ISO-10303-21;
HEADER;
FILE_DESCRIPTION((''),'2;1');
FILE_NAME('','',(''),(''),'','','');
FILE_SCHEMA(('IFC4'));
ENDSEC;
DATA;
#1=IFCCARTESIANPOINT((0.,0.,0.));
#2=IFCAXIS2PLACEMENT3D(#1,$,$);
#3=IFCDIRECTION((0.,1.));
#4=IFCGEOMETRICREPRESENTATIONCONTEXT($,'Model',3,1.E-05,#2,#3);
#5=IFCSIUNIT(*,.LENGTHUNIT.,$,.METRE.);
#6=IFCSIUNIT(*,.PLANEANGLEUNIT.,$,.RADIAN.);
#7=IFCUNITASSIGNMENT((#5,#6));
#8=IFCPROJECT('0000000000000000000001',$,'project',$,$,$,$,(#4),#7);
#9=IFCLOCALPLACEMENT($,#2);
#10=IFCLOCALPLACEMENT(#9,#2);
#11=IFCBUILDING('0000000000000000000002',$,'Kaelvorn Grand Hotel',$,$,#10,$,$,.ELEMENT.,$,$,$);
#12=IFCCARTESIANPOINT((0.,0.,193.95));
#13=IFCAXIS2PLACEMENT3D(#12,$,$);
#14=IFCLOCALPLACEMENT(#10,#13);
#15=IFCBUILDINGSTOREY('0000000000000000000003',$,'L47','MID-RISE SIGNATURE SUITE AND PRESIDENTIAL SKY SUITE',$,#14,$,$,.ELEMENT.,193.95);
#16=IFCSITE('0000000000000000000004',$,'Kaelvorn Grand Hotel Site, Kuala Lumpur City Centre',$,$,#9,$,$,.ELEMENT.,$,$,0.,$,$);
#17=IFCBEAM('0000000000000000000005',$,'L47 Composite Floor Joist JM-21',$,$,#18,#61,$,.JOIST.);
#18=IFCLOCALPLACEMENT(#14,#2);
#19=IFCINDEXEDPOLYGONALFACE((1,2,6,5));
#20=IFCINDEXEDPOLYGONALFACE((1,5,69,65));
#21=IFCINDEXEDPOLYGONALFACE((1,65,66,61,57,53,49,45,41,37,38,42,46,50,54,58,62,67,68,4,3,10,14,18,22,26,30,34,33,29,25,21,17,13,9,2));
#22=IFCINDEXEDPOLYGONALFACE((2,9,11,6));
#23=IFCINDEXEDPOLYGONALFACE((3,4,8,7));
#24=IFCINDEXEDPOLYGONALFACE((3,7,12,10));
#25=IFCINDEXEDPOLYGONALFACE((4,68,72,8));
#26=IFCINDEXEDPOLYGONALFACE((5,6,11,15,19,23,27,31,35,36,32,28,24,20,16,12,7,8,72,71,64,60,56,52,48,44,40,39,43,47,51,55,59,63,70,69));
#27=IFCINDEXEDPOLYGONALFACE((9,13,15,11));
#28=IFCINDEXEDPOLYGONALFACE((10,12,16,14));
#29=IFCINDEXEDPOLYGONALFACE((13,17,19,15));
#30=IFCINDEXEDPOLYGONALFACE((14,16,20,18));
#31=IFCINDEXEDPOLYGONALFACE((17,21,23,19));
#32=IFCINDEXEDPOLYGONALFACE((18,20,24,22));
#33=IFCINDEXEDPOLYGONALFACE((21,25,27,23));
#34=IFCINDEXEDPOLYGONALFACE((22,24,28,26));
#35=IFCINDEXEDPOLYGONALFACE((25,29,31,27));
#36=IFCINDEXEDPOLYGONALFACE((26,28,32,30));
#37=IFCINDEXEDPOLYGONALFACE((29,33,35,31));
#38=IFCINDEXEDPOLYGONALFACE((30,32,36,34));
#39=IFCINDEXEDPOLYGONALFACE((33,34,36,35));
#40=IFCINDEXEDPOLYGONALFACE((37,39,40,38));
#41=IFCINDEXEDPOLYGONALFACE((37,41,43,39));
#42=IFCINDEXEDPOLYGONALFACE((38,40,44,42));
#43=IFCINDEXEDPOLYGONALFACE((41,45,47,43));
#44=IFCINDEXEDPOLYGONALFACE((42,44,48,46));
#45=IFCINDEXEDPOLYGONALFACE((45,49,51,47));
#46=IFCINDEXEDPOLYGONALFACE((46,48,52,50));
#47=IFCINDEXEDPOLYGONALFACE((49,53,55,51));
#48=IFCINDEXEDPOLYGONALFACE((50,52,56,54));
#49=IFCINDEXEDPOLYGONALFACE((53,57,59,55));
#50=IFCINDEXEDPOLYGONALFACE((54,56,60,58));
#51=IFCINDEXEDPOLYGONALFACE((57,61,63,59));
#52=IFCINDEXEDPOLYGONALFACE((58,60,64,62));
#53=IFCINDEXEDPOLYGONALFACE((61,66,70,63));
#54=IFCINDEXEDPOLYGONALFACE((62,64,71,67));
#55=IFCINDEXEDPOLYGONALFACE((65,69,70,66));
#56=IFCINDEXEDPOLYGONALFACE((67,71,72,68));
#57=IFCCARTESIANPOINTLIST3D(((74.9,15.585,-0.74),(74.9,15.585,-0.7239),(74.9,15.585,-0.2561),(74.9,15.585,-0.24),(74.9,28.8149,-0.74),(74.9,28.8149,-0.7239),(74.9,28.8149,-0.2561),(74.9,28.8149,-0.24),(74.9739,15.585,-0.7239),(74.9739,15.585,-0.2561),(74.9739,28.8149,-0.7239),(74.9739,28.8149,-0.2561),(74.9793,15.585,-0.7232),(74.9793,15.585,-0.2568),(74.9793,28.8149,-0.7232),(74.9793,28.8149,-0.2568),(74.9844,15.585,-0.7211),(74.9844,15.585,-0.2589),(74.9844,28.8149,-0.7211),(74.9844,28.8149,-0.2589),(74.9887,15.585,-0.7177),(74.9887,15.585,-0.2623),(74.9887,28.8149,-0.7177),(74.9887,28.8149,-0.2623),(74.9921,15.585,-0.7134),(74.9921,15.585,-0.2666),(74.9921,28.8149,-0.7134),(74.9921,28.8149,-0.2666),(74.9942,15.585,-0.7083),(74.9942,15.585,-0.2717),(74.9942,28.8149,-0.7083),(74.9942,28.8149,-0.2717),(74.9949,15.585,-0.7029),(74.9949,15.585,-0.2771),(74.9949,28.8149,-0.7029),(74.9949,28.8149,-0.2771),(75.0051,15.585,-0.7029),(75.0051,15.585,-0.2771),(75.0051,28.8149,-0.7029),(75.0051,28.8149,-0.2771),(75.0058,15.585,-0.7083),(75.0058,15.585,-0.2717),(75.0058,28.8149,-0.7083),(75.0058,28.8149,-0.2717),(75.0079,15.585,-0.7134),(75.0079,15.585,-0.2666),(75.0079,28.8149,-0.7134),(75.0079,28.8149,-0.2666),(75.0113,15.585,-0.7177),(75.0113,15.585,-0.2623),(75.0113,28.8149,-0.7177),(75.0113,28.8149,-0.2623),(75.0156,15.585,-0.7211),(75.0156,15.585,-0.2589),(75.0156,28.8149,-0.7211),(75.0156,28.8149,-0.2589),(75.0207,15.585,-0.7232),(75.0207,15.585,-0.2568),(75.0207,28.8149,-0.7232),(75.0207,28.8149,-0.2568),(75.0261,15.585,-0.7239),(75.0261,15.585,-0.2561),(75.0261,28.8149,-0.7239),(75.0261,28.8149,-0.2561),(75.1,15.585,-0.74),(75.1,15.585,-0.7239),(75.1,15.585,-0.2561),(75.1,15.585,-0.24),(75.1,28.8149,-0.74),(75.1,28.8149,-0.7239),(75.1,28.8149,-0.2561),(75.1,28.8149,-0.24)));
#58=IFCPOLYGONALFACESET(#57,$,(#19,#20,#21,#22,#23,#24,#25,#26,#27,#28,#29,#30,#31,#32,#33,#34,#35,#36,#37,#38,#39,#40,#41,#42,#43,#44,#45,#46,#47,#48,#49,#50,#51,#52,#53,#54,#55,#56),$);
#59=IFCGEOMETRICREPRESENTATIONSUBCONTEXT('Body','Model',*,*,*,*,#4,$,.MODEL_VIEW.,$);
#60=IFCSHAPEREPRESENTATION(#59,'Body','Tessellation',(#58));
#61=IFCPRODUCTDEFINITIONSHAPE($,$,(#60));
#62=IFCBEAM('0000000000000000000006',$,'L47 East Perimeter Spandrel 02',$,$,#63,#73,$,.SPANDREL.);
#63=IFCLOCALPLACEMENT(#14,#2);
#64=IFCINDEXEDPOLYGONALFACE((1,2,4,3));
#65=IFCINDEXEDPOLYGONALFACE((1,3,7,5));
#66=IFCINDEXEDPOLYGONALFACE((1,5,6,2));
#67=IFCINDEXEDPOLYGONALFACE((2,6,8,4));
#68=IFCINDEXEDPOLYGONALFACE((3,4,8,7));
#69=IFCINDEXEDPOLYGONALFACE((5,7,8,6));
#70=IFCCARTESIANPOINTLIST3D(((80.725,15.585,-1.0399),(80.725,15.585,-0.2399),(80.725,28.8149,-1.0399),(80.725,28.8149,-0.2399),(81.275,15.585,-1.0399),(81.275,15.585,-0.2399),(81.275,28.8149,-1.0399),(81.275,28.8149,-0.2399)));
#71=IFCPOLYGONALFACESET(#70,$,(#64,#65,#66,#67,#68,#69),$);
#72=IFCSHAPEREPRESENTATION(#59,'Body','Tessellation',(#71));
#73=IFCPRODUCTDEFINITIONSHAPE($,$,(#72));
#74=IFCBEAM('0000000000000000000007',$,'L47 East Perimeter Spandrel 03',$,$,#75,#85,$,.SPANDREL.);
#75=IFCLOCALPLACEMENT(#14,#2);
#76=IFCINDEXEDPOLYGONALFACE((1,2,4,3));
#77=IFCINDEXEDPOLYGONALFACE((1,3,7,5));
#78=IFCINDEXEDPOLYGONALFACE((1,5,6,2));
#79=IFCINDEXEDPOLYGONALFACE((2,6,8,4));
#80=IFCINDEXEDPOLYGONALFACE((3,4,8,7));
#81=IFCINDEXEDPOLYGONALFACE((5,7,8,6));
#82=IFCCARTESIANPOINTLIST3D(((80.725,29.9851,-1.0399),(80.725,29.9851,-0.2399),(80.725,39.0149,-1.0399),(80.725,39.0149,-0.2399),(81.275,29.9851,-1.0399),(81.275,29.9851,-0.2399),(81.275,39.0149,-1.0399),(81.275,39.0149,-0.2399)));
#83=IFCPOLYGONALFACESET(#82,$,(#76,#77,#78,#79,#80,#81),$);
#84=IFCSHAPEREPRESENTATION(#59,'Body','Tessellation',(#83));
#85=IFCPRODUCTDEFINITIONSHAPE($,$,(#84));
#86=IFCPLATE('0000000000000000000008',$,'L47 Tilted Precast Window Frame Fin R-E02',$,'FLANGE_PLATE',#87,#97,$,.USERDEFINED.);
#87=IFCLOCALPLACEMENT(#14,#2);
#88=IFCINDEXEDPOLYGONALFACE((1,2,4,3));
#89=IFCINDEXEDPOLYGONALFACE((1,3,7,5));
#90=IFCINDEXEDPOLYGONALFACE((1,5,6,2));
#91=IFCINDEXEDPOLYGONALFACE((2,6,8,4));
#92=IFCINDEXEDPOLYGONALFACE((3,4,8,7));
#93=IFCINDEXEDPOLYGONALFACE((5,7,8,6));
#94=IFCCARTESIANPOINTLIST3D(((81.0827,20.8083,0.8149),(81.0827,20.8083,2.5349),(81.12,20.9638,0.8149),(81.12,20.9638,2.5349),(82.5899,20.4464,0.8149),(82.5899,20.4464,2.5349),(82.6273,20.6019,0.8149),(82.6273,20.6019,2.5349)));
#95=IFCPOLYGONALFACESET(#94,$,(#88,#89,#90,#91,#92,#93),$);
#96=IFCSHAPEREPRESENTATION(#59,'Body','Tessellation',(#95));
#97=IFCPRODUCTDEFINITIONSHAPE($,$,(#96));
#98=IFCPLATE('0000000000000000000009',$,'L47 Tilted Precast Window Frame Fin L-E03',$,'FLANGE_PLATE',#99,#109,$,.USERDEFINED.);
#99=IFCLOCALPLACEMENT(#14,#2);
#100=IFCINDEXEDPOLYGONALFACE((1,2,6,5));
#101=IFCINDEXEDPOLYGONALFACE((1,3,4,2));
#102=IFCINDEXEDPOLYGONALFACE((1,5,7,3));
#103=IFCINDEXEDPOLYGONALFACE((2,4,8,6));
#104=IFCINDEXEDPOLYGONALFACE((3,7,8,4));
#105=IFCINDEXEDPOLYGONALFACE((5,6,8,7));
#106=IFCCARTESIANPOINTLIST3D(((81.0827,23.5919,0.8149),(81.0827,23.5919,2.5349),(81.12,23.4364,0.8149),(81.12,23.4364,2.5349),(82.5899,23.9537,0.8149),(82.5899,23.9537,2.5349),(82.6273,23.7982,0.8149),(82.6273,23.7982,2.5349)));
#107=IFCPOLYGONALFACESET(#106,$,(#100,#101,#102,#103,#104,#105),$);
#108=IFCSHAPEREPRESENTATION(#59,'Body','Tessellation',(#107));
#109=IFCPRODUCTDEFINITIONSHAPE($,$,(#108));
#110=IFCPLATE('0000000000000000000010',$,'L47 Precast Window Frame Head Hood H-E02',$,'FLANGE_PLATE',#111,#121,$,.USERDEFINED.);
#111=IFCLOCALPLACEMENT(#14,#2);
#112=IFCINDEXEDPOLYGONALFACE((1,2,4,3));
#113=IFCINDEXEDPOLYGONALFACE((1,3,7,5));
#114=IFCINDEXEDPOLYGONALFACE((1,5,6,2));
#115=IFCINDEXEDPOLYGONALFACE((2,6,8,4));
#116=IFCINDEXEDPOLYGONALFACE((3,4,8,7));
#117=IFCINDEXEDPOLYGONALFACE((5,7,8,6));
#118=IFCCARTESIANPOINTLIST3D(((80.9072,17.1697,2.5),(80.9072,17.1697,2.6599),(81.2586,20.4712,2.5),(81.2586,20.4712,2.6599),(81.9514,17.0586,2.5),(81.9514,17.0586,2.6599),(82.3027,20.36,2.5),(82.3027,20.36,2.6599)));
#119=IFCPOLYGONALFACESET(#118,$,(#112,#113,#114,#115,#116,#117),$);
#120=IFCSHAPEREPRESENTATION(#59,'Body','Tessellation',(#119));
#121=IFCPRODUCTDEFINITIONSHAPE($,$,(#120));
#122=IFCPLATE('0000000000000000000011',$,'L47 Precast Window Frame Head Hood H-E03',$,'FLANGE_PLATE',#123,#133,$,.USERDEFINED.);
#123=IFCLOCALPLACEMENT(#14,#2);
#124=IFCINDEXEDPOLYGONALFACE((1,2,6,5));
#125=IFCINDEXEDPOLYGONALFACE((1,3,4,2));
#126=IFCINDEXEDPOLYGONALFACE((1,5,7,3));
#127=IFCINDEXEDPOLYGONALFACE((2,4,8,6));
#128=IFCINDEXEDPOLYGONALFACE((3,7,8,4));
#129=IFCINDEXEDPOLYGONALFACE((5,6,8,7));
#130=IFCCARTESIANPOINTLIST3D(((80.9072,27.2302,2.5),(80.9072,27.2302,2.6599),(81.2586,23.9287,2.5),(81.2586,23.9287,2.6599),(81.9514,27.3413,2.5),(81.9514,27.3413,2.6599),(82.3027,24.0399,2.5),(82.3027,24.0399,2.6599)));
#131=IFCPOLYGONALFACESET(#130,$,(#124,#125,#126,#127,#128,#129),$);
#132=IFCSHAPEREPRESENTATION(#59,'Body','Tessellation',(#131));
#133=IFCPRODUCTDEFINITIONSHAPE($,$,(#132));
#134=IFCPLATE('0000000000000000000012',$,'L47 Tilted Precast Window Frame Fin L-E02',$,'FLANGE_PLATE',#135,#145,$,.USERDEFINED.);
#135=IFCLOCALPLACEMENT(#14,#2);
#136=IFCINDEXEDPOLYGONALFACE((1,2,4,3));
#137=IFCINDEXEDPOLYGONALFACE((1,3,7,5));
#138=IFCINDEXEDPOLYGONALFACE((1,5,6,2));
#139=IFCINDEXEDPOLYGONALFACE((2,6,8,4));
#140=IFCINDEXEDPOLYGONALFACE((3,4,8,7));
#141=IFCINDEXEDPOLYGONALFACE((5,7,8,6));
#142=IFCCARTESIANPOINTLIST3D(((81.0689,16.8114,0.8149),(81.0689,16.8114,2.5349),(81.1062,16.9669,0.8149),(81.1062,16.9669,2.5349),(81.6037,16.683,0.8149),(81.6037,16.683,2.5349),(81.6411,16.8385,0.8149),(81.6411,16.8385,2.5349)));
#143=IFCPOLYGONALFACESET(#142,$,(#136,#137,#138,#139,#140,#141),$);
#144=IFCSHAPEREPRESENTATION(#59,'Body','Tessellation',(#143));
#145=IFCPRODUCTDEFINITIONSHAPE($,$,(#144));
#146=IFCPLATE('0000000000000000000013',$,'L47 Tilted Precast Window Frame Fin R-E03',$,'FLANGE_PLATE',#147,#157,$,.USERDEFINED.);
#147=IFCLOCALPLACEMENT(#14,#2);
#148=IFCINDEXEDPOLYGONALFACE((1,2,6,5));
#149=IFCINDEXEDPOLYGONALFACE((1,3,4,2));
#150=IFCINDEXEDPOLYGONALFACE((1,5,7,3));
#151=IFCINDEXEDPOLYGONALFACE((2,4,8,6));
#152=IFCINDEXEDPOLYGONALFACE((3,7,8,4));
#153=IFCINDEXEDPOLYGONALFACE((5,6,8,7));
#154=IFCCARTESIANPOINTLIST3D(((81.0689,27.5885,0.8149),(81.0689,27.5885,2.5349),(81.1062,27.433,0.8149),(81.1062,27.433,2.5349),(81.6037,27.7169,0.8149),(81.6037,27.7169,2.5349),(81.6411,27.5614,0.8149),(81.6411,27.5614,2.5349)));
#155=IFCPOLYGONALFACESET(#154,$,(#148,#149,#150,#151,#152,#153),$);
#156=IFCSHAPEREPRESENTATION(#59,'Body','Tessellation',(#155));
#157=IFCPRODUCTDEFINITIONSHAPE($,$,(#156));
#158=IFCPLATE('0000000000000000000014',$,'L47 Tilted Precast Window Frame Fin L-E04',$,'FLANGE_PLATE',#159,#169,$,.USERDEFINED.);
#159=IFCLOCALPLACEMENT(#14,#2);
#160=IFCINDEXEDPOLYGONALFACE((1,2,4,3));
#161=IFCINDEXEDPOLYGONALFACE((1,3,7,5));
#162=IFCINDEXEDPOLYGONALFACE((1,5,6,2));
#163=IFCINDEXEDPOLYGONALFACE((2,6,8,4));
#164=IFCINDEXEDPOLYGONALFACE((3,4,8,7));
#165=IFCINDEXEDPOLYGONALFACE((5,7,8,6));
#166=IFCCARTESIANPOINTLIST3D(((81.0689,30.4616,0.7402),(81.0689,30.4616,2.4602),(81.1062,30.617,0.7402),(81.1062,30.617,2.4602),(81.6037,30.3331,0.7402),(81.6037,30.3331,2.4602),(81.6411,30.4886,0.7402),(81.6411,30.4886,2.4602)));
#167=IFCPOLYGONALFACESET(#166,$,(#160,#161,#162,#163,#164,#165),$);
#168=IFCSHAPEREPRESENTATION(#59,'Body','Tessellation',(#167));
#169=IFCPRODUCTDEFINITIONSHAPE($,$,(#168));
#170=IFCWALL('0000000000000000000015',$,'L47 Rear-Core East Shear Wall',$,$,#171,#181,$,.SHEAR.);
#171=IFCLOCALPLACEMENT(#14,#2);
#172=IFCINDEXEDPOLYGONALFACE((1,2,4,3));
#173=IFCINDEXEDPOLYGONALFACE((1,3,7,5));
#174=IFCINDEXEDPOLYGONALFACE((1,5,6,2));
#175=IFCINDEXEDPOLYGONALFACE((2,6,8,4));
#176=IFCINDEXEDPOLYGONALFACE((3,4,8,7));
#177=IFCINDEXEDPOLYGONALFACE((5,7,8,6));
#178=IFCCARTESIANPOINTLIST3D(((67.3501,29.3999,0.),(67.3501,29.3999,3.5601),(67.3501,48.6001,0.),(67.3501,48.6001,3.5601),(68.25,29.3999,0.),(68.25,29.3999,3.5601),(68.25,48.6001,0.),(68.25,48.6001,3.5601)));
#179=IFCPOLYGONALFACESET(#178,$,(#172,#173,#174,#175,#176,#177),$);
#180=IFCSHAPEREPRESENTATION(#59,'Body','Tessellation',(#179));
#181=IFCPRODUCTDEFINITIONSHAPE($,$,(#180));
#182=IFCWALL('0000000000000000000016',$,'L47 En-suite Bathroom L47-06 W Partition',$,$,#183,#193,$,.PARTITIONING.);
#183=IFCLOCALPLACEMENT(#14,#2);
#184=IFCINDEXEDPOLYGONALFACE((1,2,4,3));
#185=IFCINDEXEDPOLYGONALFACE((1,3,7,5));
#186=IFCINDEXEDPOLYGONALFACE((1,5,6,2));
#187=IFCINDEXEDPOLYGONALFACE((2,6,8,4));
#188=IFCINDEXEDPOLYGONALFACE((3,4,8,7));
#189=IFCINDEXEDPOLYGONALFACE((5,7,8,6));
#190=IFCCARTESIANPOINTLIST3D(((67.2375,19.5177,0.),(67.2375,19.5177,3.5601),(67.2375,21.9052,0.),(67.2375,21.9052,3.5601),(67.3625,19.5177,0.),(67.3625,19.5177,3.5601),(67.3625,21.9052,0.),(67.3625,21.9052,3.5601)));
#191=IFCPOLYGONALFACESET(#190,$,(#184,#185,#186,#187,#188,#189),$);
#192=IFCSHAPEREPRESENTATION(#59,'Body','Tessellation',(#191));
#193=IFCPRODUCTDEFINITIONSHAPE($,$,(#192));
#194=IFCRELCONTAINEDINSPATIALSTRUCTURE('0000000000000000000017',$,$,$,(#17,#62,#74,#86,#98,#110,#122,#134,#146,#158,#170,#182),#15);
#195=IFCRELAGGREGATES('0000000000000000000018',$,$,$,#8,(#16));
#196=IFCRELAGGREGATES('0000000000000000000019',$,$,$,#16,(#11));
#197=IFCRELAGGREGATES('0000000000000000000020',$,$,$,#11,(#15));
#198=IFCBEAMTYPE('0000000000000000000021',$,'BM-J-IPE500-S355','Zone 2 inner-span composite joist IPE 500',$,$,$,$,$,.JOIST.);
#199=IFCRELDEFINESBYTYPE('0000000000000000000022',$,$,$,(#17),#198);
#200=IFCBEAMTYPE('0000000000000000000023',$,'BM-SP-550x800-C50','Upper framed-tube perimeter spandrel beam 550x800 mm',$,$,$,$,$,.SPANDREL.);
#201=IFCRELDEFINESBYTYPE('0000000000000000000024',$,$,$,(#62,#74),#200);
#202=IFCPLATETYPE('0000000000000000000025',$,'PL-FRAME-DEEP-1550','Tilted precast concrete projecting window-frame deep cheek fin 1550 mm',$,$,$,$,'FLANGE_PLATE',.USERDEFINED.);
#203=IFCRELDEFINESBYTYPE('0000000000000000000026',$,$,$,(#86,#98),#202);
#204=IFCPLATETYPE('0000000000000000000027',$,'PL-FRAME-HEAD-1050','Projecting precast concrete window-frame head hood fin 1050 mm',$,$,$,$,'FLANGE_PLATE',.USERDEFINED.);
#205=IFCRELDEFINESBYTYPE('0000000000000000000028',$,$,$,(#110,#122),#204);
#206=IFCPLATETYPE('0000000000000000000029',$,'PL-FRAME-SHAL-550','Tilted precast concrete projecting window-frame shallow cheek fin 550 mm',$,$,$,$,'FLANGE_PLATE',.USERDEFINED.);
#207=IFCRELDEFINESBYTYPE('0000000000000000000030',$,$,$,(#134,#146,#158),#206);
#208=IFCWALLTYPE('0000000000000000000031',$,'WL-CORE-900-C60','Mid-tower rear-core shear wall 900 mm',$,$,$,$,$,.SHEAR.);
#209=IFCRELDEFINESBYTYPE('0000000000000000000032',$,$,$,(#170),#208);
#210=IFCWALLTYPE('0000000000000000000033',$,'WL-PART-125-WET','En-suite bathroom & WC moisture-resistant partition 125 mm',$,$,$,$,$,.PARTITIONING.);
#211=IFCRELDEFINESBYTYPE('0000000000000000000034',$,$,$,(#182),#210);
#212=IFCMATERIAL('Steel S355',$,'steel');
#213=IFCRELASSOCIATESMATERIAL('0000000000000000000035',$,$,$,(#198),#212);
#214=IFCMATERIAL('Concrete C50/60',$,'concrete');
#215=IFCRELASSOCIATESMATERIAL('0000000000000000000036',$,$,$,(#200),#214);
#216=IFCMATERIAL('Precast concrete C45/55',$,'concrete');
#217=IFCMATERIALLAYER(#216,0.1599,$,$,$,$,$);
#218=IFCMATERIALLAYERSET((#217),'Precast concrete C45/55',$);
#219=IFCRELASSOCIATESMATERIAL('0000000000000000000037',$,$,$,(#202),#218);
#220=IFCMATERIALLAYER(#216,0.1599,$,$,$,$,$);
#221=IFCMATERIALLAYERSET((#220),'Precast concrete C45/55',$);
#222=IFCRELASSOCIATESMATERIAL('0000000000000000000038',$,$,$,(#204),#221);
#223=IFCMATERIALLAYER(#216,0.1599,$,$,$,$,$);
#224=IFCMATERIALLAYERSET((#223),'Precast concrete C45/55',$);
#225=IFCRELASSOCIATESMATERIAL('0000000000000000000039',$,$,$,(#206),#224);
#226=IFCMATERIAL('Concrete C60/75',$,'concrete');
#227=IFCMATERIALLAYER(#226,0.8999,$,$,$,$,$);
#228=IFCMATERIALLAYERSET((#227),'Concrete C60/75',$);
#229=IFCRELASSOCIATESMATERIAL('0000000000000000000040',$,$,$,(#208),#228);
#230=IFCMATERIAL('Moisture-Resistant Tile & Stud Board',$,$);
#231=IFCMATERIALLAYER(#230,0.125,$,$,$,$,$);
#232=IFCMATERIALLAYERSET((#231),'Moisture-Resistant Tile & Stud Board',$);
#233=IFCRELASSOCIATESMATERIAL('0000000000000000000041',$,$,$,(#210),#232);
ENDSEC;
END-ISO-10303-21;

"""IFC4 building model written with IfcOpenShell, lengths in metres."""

from ifc_helpers import new_model, si_unit, direction, frame, frame_2d, origin, origin_2d, place, context, subcontext, project, spatial, rectangle, i_section, extrude, material, layer, layer_set, material_profile, profile_set, type_object, element, save


model = new_model("IFC4")

# Units and contexts
model_context = context("Model", 3, precision=1e-05, world=origin(), true_north=direction((0.0, 1.0)))
body_context = subcontext(model_context, "Body", "Model", "MODEL_VIEW")
ifc_project = project(units=[si_unit("LENGTHUNIT", "METRE"), si_unit("PLANEANGLEUNIT", "RADIAN")], contexts=[model_context])

# Site, building, storey
site_placement = place(None, origin())
site = spatial("IfcSite", under=ifc_project, at=site_placement, Name="Kaelvorn Grand Hotel Site, Kuala Lumpur City Centre", CompositionType="ELEMENT", RefElevation=0.0)
building_placement = place(site_placement, origin())
building = spatial("IfcBuilding", under=site, at=building_placement, Name="Kaelvorn Grand Hotel", CompositionType="ELEMENT")
storey_placement = place(building_placement, frame((0.0, 0.0, 193.95)))
storey = spatial("IfcBuildingStorey", under=building, at=storey_placement, Name="L47", Description="MID-RISE SIGNATURE SUITE AND PRESIDENTIAL SKY SUITE", CompositionType="ELEMENT", Elevation=193.95)

# Shared definitions
ifc_material_1 = material(Name="Concrete C60/75", Category="concrete")

# Beams
ifc_material_2 = material(Name="Steel S355", Category="steel")
ifc_material_profile_1 = material_profile(ifc_material_2, i_section(OverallWidth=0.2, OverallDepth=0.5, WebThickness=0.0103, FlangeThickness=0.0161, FilletRadius=0.021, at=origin_2d()), Name="IPE 500")
ifc_profile_set_1 = profile_set([ifc_material_profile_1], Name="Steel S355")
beam_type_1 = type_object("IfcBeamType", Name="BM-J-IPE500-S355", Description="Zone 2 inner-span composite joist IPE 500", PredefinedType="JOIST", material=ifc_profile_set_1)
for number, where, z_axis, x_axis, name in (
    (1, (75.0, 15.585, -0.49), (0.0, 1.0, 0.0), (-1.0, 0.0, 0.0), "L47 Composite Floor Joist JM-21"),
):
    element("IfcBeam", number, at=place(storey_placement, frame(where, z_axis=z_axis, x_axis=x_axis)), inside=storey, type_object=beam_type_1, Name=name, PredefinedType="JOIST", context=body_context, shape_type="SweptSolid", body=[
        extrude(i_section(OverallWidth=0.2, OverallDepth=0.5, WebThickness=0.0103, FlangeThickness=0.0161, FilletRadius=0.021, at=origin_2d()), origin(), (0.0, 0.0, 1.0), 13.23),
    ])
ifc_material_3 = material(Name="Concrete C50/60", Category="concrete")
ifc_material_profile_2 = material_profile(ifc_material_3, rectangle(XDim=0.55, YDim=0.8, at=origin_2d()), Name="RC SPANDREL 550x800")
ifc_profile_set_2 = profile_set([ifc_material_profile_2], Name="Concrete C50/60")
beam_type_2 = type_object("IfcBeamType", Name="BM-SP-550x800-C50", Description="Upper framed-tube perimeter spandrel beam 550x800 mm", PredefinedType="SPANDREL", material=ifc_profile_set_2)
beam_1_placement = place(storey_placement, frame((81.0, 15.585, -0.6399), z_axis=(0.0, 1.0, 0.0), x_axis=(-1.0, 0.0, 0.0)))
element("IfcBeam", 2, at=beam_1_placement, inside=storey, type_object=beam_type_2, Name="L47 East Perimeter Spandrel 02", PredefinedType="SPANDREL", context=body_context, shape_type="SweptSolid", body=[
    extrude(rectangle(XDim=0.55, YDim=0.8, at=origin_2d()), origin(), (0.0, 0.0, 1.0), 13.23),
])
beam_2_placement = place(storey_placement, frame((81.0, 29.9851, -0.6399), z_axis=(0.0, 1.0, 0.0), x_axis=(-1.0, 0.0, 0.0)))
element("IfcBeam", 3, at=beam_2_placement, inside=storey, type_object=beam_type_2, Name="L47 East Perimeter Spandrel 03", PredefinedType="SPANDREL", context=body_context, shape_type="SweptSolid", body=[
    extrude(rectangle(XDim=0.55, YDim=0.8, at=origin_2d()), origin(), (0.0, 0.0, 1.0), 9.0298),
])

# Plates
ifc_material_4 = material(Name="Precast concrete C45/55", Category="concrete")
ifc_layer_1 = layer(ifc_material_4, 0.1599)
ifc_layer_set_1 = layer_set([ifc_layer_1], Name="Precast concrete C45/55")
plate_type_1 = type_object("IfcPlateType", Name="PL-FRAME-DEEP-1550", Description="Tilted precast concrete projecting window-frame deep cheek fin 1550 mm", ElementType="FLANGE_PLATE", PredefinedType="USERDEFINED", material=ifc_layer_set_1)
for number, where, z_axis, x_axis, name in (
    (4, (81.855, 20.7051, 0.8149), (0.0, 0.0, 1.0), (0.233445, 0.97237, 0.0), "L47 Tilted Precast Window Frame Fin R-E02"),
    (5, (81.855, 23.6951, 0.8149), (0.0, 0.0, 1.0), (-0.233445, 0.97237, 0.0), "L47 Tilted Precast Window Frame Fin L-E03"),
):
    element("IfcPlate", number, at=place(storey_placement, frame(where, z_axis=z_axis, x_axis=x_axis)), inside=storey, type_object=plate_type_1, Name=name, ObjectType="FLANGE_PLATE", PredefinedType="USERDEFINED", context=body_context, shape_type="SweptSolid", body=[
        extrude(rectangle(XDim=0.1599, YDim=1.55, at=origin_2d()), origin(), (0.0, 0.0, 1.0), 1.72),
    ])
ifc_layer_2 = layer(ifc_material_4, 0.1599)
ifc_layer_set_2 = layer_set([ifc_layer_2], Name="Precast concrete C45/55")
plate_type_2 = type_object("IfcPlateType", Name="PL-FRAME-HEAD-1050", Description="Projecting precast concrete window-frame head hood fin 1050 mm", ElementType="FLANGE_PLATE", PredefinedType="USERDEFINED", material=ifc_layer_set_2)
for number, where, z_axis, x_axis, name in (
    (6, (81.605, 18.7649, 2.5), (0.0, 0.0, 1.0), (0.10583, 0.994384, 0.0), "L47 Precast Window Frame Head Hood H-E02"),
    (7, (81.605, 25.635, 2.5), (0.0, 0.0, 1.0), (-0.10583, 0.994384, 0.0), "L47 Precast Window Frame Head Hood H-E03"),
):
    element("IfcPlate", number, at=place(storey_placement, frame(where, z_axis=z_axis, x_axis=x_axis)), inside=storey, type_object=plate_type_2, Name=name, ObjectType="FLANGE_PLATE", PredefinedType="USERDEFINED", context=body_context, shape_type="SweptSolid", body=[
        extrude(rectangle(XDim=3.3201, YDim=1.05, at=origin_2d()), origin(), (0.0, 0.0, 1.0), 0.1599),
    ])
ifc_layer_3 = layer(ifc_material_4, 0.1599)
ifc_layer_set_3 = layer_set([ifc_layer_3], Name="Precast concrete C45/55")
plate_type_3 = type_object("IfcPlateType", Name="PL-FRAME-SHAL-550", Description="Tilted precast concrete projecting window-frame shallow cheek fin 550 mm", ElementType="FLANGE_PLATE", PredefinedType="USERDEFINED", material=ifc_layer_set_3)
for number, where, z_axis, x_axis, name in (
    (8, (81.355, 16.825, 0.8149), (0.0, 0.0, 1.0), (0.233445, 0.97237, 0.0), "L47 Tilted Precast Window Frame Fin L-E02"),
    (9, (81.355, 27.575, 0.8149), (0.0, 0.0, 1.0), (-0.233445, 0.97237, 0.0), "L47 Tilted Precast Window Frame Fin R-E03"),
    (10, (81.355, 30.4751, 0.7402), (0.0, 0.0, 1.0), (0.233445, 0.97237, 0.0), "L47 Tilted Precast Window Frame Fin L-E04"),
):
    element("IfcPlate", number, at=place(storey_placement, frame(where, z_axis=z_axis, x_axis=x_axis)), inside=storey, type_object=plate_type_3, Name=name, ObjectType="FLANGE_PLATE", PredefinedType="USERDEFINED", context=body_context, shape_type="SweptSolid", body=[
        extrude(rectangle(XDim=0.1599, YDim=0.55, at=origin_2d()), origin(), (0.0, 0.0, 1.0), 1.72),
    ])

# Walls
ifc_layer_4 = layer(ifc_material_1, 0.8999)
ifc_layer_set_4 = layer_set([ifc_layer_4], Name="Concrete C60/75")
wall_type_1 = type_object("IfcWallType", Name="WL-CORE-900-C60", Description="Mid-tower rear-core shear wall 900 mm", PredefinedType="SHEAR", material=ifc_layer_set_4)
wall_1_placement = place(storey_placement, frame((67.8, 29.3999, 0.0), z_axis=(0.0, 0.0, 1.0), x_axis=(0.0, 1.0, 0.0)))
element("IfcWall", 11, at=wall_1_placement, inside=storey, type_object=wall_type_1, Name="L47 Rear-Core East Shear Wall", PredefinedType="SHEAR", context=body_context, shape_type="SweptSolid", body=[
    extrude(rectangle(XDim=19.2002, YDim=0.8999, at=frame_2d((9.6001, 0.0))), origin(), (0.0, 0.0, 1.0), 3.5601),
])
ifc_material_5 = material(Name="Moisture-Resistant Tile & Stud Board")
ifc_layer_5 = layer(ifc_material_5, 0.125)
ifc_layer_set_5 = layer_set([ifc_layer_5], Name="Moisture-Resistant Tile & Stud Board")
wall_type_2 = type_object("IfcWallType", Name="WL-PART-125-WET", Description="En-suite bathroom & WC moisture-resistant partition 125 mm", PredefinedType="PARTITIONING", material=ifc_layer_set_5)
wall_2_placement = place(storey_placement, frame((67.3, 19.5176, 0.0), z_axis=(0.0, 0.0, 1.0), x_axis=(0.0, 1.0, 0.0)))
element("IfcWall", 12, at=wall_2_placement, inside=storey, type_object=wall_type_2, Name="L47 En-suite Bathroom L47-06 W Partition", PredefinedType="PARTITIONING", context=body_context, shape_type="SweptSolid", body=[
    extrude(rectangle(XDim=2.3875, YDim=0.125, at=frame_2d((1.1938, 0.0))), origin(), (0.0, 0.0, 1.0), 3.5601),
])

save(model, "model.ifc")
